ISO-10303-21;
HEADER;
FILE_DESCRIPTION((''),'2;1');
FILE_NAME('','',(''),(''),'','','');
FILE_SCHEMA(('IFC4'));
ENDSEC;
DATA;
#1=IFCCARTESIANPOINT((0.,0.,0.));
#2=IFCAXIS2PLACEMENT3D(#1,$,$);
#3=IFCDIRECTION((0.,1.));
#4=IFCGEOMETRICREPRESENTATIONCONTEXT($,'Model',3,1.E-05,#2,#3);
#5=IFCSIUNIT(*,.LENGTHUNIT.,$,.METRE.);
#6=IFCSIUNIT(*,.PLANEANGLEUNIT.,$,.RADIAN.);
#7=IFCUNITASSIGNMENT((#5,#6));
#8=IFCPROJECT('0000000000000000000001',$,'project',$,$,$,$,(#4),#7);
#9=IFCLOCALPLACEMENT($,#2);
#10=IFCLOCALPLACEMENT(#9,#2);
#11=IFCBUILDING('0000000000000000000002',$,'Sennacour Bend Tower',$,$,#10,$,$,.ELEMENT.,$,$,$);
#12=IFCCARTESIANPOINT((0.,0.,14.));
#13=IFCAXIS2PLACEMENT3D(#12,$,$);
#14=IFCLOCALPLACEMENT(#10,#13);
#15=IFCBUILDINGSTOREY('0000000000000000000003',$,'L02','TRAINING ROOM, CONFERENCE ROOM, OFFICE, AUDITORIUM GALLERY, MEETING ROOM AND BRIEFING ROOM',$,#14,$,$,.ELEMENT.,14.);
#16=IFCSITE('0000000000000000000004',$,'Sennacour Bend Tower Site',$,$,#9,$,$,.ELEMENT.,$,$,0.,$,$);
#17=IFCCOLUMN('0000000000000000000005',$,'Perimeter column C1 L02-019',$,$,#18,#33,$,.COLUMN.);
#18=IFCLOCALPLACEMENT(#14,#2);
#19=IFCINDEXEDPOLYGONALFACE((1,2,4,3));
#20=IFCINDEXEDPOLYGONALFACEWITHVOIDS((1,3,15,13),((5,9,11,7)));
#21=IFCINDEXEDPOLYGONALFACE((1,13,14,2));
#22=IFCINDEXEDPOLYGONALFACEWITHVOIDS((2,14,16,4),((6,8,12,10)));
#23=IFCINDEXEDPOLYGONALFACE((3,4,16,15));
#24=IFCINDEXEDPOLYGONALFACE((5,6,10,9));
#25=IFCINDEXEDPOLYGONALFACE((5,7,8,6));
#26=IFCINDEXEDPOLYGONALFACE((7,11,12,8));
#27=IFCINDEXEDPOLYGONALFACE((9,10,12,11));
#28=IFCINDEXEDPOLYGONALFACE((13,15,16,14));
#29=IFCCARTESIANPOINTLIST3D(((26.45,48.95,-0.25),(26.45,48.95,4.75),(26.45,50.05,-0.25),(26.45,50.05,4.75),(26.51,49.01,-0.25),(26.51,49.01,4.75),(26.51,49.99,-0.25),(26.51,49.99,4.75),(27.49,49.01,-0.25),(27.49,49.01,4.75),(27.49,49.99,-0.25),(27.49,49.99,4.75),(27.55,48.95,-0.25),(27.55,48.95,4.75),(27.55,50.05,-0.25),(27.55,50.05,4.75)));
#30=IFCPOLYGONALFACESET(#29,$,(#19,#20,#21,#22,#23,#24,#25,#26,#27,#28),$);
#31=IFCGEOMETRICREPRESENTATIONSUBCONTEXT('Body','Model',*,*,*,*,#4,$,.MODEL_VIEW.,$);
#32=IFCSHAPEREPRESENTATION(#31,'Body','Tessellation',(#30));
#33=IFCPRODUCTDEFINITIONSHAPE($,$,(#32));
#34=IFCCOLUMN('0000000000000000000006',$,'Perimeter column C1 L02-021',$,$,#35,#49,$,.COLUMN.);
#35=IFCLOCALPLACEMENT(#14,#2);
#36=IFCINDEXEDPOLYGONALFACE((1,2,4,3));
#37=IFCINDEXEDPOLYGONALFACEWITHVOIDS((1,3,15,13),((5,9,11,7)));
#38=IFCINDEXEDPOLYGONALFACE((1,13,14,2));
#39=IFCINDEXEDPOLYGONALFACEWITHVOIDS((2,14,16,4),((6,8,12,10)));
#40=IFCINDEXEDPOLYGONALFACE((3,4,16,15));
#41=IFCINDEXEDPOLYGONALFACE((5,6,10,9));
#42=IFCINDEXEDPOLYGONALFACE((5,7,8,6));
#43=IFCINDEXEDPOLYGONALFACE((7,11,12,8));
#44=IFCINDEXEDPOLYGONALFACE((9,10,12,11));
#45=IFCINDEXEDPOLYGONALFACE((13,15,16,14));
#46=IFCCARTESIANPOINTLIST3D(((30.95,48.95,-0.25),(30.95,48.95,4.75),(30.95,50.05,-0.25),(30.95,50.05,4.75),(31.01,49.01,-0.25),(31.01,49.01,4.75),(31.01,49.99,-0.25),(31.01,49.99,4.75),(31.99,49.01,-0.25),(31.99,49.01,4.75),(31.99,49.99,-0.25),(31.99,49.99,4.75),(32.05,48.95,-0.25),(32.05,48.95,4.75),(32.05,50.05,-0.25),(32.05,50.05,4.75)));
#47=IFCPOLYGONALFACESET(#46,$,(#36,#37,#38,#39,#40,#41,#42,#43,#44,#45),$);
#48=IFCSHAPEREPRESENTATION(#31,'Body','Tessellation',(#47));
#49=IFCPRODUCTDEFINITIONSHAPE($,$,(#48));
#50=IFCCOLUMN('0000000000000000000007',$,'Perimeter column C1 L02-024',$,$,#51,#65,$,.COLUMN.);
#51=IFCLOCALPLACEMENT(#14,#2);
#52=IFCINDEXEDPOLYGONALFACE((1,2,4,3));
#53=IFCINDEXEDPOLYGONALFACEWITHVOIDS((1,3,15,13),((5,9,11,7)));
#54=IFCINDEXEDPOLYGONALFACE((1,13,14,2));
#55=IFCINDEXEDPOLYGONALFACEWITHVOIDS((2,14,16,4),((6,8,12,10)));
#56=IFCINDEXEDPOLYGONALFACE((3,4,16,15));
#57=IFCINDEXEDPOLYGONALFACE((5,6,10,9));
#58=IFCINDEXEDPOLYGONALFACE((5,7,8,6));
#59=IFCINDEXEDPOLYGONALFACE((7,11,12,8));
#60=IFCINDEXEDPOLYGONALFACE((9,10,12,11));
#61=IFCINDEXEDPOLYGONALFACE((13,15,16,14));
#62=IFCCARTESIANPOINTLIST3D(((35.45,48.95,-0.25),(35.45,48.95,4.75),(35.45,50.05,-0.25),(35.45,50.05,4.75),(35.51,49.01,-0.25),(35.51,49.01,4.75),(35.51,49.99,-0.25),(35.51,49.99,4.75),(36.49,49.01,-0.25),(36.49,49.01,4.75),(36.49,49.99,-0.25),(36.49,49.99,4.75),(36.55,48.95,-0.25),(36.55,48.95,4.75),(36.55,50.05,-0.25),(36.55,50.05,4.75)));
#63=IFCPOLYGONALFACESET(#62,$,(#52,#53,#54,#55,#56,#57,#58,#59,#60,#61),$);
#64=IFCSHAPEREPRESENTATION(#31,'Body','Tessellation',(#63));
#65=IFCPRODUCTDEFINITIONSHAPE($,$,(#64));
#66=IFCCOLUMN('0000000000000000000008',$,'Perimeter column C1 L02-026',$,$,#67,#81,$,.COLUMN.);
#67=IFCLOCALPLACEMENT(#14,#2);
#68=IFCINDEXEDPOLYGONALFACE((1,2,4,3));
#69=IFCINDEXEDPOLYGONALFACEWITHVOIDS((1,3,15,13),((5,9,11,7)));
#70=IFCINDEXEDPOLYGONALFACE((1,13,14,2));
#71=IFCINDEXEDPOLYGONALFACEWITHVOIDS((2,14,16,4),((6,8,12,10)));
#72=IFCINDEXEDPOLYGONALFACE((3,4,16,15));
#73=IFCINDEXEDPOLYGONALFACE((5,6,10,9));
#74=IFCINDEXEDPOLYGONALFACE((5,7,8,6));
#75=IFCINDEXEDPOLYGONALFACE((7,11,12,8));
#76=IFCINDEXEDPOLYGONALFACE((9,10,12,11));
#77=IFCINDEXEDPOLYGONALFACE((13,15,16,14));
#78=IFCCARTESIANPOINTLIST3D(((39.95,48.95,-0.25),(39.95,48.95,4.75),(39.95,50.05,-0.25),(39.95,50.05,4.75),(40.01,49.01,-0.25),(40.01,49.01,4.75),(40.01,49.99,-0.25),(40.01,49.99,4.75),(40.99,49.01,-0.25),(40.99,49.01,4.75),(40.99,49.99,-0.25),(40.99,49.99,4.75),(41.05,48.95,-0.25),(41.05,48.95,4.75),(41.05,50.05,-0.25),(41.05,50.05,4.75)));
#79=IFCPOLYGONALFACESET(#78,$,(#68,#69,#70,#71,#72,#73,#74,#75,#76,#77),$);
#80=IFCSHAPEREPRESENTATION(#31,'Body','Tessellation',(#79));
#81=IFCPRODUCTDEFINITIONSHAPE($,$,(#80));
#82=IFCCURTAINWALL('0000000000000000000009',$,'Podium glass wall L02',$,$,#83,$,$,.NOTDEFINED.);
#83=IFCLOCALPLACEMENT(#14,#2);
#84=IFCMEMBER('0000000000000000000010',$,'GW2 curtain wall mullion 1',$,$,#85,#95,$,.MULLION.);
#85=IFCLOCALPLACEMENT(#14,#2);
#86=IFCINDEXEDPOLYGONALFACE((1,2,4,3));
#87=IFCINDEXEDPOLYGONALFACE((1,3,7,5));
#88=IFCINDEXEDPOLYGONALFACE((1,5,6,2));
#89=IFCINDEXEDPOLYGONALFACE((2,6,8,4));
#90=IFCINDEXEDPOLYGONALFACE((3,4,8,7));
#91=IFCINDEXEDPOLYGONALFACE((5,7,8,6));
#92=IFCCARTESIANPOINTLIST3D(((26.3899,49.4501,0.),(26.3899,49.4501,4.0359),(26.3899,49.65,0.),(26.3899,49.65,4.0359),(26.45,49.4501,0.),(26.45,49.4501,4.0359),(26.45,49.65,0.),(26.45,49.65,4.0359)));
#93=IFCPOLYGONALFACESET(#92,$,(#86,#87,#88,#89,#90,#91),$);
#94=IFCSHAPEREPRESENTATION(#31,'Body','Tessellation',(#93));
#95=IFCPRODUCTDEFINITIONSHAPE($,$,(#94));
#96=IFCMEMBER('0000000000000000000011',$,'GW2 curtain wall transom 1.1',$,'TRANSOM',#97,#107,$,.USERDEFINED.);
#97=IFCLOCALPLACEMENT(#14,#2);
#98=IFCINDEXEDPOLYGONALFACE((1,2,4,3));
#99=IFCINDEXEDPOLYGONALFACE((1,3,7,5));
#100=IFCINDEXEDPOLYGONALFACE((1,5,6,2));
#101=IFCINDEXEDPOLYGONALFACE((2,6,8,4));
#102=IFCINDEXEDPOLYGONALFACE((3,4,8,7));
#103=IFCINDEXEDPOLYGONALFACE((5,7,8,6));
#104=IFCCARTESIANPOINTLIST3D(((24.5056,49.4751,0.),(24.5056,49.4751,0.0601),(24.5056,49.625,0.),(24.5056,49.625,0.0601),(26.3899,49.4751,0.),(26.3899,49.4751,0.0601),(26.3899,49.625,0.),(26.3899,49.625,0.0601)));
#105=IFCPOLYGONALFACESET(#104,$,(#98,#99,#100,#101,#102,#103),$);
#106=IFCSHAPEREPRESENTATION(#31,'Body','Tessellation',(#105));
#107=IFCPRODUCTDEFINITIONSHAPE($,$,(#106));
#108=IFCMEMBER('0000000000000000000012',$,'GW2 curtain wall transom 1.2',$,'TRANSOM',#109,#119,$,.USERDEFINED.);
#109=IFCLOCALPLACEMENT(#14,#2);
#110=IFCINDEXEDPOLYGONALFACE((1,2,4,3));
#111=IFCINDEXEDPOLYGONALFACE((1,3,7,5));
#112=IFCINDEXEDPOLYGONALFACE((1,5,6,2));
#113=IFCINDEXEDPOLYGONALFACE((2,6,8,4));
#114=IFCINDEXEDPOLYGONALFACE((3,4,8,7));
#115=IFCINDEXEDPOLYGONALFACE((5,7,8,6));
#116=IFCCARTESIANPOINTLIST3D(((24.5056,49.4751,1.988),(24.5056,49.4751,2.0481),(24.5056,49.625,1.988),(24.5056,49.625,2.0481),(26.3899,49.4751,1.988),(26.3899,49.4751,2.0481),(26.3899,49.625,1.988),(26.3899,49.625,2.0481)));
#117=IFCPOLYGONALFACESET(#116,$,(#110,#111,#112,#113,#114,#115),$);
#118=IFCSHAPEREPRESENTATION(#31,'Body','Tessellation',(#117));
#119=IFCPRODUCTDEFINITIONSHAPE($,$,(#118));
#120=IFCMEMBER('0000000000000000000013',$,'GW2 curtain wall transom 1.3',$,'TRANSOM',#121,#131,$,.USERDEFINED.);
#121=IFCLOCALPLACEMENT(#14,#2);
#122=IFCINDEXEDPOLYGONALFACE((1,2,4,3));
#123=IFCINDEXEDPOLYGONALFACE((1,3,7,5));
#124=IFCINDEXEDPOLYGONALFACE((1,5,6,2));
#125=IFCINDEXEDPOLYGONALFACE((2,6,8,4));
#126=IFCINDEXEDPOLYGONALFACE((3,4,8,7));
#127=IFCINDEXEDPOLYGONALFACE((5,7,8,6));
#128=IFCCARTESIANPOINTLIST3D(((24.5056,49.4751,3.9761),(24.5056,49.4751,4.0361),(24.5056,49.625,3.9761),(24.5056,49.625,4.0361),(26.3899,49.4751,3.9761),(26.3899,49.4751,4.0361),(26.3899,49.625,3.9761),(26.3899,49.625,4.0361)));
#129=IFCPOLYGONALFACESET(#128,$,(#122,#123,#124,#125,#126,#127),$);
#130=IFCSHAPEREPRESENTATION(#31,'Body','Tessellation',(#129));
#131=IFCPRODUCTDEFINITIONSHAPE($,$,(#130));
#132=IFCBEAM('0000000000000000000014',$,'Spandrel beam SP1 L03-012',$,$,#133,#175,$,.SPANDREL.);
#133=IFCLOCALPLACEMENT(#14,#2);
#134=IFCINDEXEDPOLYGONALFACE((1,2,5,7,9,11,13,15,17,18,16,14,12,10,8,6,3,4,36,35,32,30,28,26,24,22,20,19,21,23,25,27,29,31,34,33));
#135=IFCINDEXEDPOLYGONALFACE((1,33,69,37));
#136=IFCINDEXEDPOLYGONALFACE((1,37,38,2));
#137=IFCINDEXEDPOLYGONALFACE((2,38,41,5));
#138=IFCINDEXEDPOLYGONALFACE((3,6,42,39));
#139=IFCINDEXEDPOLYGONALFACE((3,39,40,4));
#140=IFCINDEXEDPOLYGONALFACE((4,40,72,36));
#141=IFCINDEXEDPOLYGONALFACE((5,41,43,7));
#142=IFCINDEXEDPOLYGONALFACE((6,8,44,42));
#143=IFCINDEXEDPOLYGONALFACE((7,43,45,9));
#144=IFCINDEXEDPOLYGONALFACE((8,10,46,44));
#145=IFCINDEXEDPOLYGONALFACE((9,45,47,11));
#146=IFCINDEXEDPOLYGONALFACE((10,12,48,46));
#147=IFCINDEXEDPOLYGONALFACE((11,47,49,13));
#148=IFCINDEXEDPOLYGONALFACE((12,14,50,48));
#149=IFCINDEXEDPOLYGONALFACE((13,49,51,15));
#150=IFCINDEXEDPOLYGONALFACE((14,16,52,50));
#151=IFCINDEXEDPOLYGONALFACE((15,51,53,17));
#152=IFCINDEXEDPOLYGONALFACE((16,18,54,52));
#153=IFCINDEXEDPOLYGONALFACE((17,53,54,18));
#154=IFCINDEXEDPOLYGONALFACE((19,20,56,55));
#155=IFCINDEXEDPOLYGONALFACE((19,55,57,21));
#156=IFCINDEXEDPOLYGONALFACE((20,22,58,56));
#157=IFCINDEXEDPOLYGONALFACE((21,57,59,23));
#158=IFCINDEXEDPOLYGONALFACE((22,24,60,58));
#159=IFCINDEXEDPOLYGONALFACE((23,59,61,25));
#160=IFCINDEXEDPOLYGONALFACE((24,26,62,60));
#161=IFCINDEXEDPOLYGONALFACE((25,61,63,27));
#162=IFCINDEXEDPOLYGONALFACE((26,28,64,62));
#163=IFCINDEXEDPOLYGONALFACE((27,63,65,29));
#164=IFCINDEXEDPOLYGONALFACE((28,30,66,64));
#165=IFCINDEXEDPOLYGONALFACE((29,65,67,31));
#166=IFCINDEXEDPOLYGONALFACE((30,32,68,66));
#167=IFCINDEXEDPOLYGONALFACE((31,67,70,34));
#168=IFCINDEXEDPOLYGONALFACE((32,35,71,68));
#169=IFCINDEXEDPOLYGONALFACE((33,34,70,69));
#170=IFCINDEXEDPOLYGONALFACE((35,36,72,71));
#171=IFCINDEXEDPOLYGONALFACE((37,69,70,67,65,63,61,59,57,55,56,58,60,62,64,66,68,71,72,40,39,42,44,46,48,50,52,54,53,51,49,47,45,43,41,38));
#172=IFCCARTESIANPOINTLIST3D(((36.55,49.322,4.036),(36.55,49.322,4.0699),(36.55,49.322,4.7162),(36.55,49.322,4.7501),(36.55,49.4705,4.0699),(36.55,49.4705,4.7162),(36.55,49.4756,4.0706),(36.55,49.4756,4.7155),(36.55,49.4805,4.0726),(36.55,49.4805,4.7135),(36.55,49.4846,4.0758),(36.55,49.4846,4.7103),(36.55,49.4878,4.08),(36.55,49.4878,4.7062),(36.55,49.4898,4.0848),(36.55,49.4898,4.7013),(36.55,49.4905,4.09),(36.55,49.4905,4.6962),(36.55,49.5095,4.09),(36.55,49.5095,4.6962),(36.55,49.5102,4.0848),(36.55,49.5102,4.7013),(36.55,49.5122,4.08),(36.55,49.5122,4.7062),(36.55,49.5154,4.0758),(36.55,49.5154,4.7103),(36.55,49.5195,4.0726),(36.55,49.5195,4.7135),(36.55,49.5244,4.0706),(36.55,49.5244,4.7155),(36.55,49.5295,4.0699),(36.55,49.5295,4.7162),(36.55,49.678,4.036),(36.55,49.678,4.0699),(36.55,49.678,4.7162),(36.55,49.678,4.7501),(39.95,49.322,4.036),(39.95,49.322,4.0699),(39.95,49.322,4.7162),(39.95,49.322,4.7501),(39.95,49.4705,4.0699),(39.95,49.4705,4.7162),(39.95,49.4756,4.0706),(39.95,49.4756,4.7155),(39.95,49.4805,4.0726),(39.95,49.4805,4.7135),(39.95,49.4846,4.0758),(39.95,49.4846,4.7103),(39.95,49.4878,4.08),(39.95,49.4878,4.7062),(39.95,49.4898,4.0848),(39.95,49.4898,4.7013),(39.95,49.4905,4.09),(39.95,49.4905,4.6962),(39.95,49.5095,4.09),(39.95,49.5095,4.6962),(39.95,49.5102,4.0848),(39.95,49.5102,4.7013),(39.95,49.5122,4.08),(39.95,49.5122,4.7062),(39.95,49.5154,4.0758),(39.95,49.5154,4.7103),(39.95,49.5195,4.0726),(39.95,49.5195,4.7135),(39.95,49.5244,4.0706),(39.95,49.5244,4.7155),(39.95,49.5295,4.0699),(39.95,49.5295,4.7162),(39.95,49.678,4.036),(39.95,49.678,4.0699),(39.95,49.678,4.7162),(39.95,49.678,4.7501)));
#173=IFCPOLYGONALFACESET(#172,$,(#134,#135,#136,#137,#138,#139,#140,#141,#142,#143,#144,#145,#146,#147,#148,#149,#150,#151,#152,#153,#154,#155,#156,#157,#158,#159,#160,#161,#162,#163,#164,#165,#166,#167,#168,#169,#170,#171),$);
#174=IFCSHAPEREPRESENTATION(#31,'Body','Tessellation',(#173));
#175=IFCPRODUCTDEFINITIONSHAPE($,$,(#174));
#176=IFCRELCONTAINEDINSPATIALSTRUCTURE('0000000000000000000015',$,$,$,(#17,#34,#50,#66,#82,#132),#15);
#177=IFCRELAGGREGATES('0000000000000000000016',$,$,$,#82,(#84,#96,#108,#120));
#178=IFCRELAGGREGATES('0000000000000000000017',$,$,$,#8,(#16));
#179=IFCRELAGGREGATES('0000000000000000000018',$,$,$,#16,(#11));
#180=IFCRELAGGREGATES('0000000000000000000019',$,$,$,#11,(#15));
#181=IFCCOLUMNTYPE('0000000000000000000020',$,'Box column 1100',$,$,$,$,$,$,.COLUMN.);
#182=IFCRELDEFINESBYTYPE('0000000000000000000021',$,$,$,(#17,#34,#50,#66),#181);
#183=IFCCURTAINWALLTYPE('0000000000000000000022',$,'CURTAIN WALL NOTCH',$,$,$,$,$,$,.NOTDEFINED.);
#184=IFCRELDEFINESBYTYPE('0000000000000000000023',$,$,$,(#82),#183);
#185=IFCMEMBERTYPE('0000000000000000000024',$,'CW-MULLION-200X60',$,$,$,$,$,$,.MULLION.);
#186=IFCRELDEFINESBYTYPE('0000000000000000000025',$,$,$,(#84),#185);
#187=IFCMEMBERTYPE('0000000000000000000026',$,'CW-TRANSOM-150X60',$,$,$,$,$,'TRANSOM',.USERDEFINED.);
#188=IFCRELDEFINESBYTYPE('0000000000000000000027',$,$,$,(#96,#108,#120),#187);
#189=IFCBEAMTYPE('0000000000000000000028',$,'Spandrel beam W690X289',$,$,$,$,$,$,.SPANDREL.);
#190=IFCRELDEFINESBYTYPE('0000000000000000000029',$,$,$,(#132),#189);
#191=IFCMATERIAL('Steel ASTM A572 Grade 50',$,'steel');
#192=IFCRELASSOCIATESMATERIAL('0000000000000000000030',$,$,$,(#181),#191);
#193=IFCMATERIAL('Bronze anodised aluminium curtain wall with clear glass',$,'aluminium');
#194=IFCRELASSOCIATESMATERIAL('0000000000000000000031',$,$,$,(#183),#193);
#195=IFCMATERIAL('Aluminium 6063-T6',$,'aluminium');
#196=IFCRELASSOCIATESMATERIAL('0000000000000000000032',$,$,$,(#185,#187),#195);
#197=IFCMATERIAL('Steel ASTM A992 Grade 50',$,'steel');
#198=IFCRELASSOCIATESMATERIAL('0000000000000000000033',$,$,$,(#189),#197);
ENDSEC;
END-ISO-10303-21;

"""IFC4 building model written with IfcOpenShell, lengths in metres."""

from ifc_helpers import new_model, si_unit, direction, frame, origin, origin_2d, place, context, subcontext, project, spatial, rectangle, hollow_rectangle, i_section, extrude, material, material_profile, profile_set, type_object, element, aggregate, save


model = new_model("IFC4")

# Units and contexts
model_context = context("Model", 3, precision=1e-05, world=origin(), true_north=direction((0.0, 1.0)))
body_context = subcontext(model_context, "Body", "Model", "MODEL_VIEW")
ifc_project = project(units=[si_unit("LENGTHUNIT", "METRE"), si_unit("PLANEANGLEUNIT", "RADIAN")], contexts=[model_context])

# Site, building, storey
site_placement = place(None, origin())
site = spatial("IfcSite", under=ifc_project, at=site_placement, Name="Sennacour Bend Tower Site", CompositionType="ELEMENT", RefElevation=0.0)
building_placement = place(site_placement, origin())
building = spatial("IfcBuilding", under=site, at=building_placement, Name="Sennacour Bend Tower", CompositionType="ELEMENT")
storey_placement = place(building_placement, frame((0.0, 0.0, 14.0)))
storey = spatial("IfcBuildingStorey", under=building, at=storey_placement, Name="L02", Description="TRAINING ROOM, CONFERENCE ROOM, OFFICE, AUDITORIUM GALLERY, MEETING ROOM AND BRIEFING ROOM", CompositionType="ELEMENT", Elevation=14.0)

# Columns
ifc_material_1 = material(Name="Steel ASTM A572 Grade 50", Category="steel")
ifc_material_profile_1 = material_profile(ifc_material_1, hollow_rectangle(XDim=1.1001, YDim=1.1001, WallThickness=0.0601, at=origin_2d()), Name="Steel ASTM A572 Grade 50", Category="steel")
ifc_profile_set_1 = profile_set([ifc_material_profile_1], Name="Steel ASTM A572 Grade 50")
column_type = type_object("IfcColumnType", Name="Box column 1100", PredefinedType="COLUMN", material=ifc_profile_set_1)
for number, where, z_axis, x_axis, name in (
    (1, (27.0, 49.5, -0.25), (0.0, 0.0, 1.0), (1.0, 0.0, 0.0), "Perimeter column C1 L02-019"),
    (2, (31.5, 49.5, -0.25), (0.0, 0.0, 1.0), (1.0, 0.0, 0.0), "Perimeter column C1 L02-021"),
    (3, (36.0, 49.5, -0.25), (0.0, 0.0, 1.0), (1.0, 0.0, 0.0), "Perimeter column C1 L02-024"),
    (4, (40.5, 49.5, -0.25), (0.0, 0.0, 1.0), (1.0, 0.0, 0.0), "Perimeter column C1 L02-026"),
):
    element("IfcColumn", number, at=place(storey_placement, frame(where, z_axis=z_axis, x_axis=x_axis)), inside=storey, type_object=column_type, Name=name, PredefinedType="COLUMN", context=body_context, shape_type="SweptSolid", body=[
        extrude(hollow_rectangle(XDim=1.1001, YDim=1.1001, WallThickness=0.0601, at=origin_2d()), origin(), (0.0, 0.0, 1.0), 5.0),
    ])

# Curtain wall, members
ifc_material_2 = material(Name="Bronze anodised aluminium curtain wall with clear glass", Category="aluminium")
curtain_wall_type = type_object("IfcCurtainWallType", Name="CURTAIN WALL NOTCH", PredefinedType="NOTDEFINED", material=ifc_material_2)
curtain_wall_placement = place(storey_placement, origin())
curtain_wall = element("IfcCurtainWall", 5, at=curtain_wall_placement, inside=storey, type_object=curtain_wall_type, Name="Podium glass wall L02", PredefinedType="NOTDEFINED")
ifc_material_3 = material(Name="Aluminium 6063-T6", Category="aluminium")
ifc_material_profile_2 = material_profile(ifc_material_3, rectangle(XDim=0.2, YDim=0.0601, at=origin_2d()), Name="Aluminium 6063-T6", Category="aluminium")
ifc_profile_set_2 = profile_set([ifc_material_profile_2], Name="Aluminium 6063-T6")
member_type_1 = type_object("IfcMemberType", Name="CW-MULLION-200X60", PredefinedType="MULLION", material=ifc_profile_set_2)
member_1_placement = place(storey_placement, frame((26.4199, 49.55, 0.0), z_axis=(0.0, 0.0, 1.0), x_axis=(0.0, -1.0, 0.0)))
member_1 = element("IfcMember", 6, at=member_1_placement, type_object=member_type_1, Name="GW2 curtain wall mullion 1", PredefinedType="MULLION", context=body_context, shape_type="SweptSolid", body=[
    extrude(rectangle(XDim=0.2, YDim=0.0601, at=origin_2d()), origin(), (0.0, 0.0, 1.0), 4.0359),
])
ifc_material_profile_3 = material_profile(ifc_material_3, rectangle(XDim=0.1499, YDim=0.0601, at=origin_2d()), Name="Aluminium 6063-T6", Category="aluminium")
ifc_profile_set_3 = profile_set([ifc_material_profile_3], Name="Aluminium 6063-T6")
member_type_2 = type_object("IfcMemberType", Name="CW-TRANSOM-150X60", ElementType="TRANSOM", PredefinedType="USERDEFINED", material=ifc_profile_set_3)
member_2_placement = place(storey_placement, frame((26.3899, 49.55, 0.03), z_axis=(-1.0, 0.0, 0.0), x_axis=(0.0, -1.0, 0.0)))
member_2 = element("IfcMember", 7, at=member_2_placement, type_object=member_type_2, Name="GW2 curtain wall transom 1.1", ObjectType="TRANSOM", PredefinedType="USERDEFINED", context=body_context, shape_type="SweptSolid", body=[
    extrude(rectangle(XDim=0.1499, YDim=0.0601, at=origin_2d()), origin(), (0.0, 0.0, 1.0), 1.8843),
])
member_3_placement = place(storey_placement, frame((26.3899, 49.55, 2.0181), z_axis=(-1.0, 0.0, 0.0), x_axis=(0.0, -1.0, 0.0)))
member_3 = element("IfcMember", 8, at=member_3_placement, type_object=member_type_2, Name="GW2 curtain wall transom 1.2", ObjectType="TRANSOM", PredefinedType="USERDEFINED", context=body_context, shape_type="SweptSolid", body=[
    extrude(rectangle(XDim=0.1499, YDim=0.0601, at=origin_2d()), origin(), (0.0, 0.0, 1.0), 1.8843),
])
member_4_placement = place(storey_placement, frame((26.3899, 49.55, 4.0061), z_axis=(-1.0, 0.0, 0.0), x_axis=(0.0, -1.0, 0.0)))
member_4 = element("IfcMember", 9, at=member_4_placement, type_object=member_type_2, Name="GW2 curtain wall transom 1.3", ObjectType="TRANSOM", PredefinedType="USERDEFINED", context=body_context, shape_type="SweptSolid", body=[
    extrude(rectangle(XDim=0.1499, YDim=0.0601, at=origin_2d()), origin(), (0.0, 0.0, 1.0), 1.8843),
])

# Beam
ifc_material_4 = material(Name="Steel ASTM A992 Grade 50", Category="steel")
ifc_material_profile_4 = material_profile(ifc_material_4, i_section(OverallWidth=0.356, OverallDepth=0.7141, WebThickness=0.019, FlangeThickness=0.0339, FilletRadius=0.02, at=origin_2d()), Name="Steel ASTM A992 Grade 50", Category="steel")
ifc_profile_set_4 = profile_set([ifc_material_profile_4], Name="Steel ASTM A992 Grade 50")
beam_type = type_object("IfcBeamType", Name="Spandrel beam W690X289", PredefinedType="SPANDREL", material=ifc_profile_set_4)
for number, where, z_axis, x_axis, name in (
    (10, (39.95, 49.5, 4.3931), (-1.0, 0.0, 0.0), (0.0, -1.0, 0.0), "Spandrel beam SP1 L03-012"),
):
    element("IfcBeam", number, at=place(storey_placement, frame(where, z_axis=z_axis, x_axis=x_axis)), inside=storey, type_object=beam_type, Name=name, PredefinedType="SPANDREL", context=body_context, shape_type="SweptSolid", body=[
        extrude(i_section(OverallWidth=0.356, OverallDepth=0.7141, WebThickness=0.019, FlangeThickness=0.0339, FilletRadius=0.02, at=origin_2d()), origin(), (0.0, 0.0, 1.0), 3.3999),
    ])

aggregate(curtain_wall, [member_1, member_2, member_3, member_4])

save(model, "model.ifc")
